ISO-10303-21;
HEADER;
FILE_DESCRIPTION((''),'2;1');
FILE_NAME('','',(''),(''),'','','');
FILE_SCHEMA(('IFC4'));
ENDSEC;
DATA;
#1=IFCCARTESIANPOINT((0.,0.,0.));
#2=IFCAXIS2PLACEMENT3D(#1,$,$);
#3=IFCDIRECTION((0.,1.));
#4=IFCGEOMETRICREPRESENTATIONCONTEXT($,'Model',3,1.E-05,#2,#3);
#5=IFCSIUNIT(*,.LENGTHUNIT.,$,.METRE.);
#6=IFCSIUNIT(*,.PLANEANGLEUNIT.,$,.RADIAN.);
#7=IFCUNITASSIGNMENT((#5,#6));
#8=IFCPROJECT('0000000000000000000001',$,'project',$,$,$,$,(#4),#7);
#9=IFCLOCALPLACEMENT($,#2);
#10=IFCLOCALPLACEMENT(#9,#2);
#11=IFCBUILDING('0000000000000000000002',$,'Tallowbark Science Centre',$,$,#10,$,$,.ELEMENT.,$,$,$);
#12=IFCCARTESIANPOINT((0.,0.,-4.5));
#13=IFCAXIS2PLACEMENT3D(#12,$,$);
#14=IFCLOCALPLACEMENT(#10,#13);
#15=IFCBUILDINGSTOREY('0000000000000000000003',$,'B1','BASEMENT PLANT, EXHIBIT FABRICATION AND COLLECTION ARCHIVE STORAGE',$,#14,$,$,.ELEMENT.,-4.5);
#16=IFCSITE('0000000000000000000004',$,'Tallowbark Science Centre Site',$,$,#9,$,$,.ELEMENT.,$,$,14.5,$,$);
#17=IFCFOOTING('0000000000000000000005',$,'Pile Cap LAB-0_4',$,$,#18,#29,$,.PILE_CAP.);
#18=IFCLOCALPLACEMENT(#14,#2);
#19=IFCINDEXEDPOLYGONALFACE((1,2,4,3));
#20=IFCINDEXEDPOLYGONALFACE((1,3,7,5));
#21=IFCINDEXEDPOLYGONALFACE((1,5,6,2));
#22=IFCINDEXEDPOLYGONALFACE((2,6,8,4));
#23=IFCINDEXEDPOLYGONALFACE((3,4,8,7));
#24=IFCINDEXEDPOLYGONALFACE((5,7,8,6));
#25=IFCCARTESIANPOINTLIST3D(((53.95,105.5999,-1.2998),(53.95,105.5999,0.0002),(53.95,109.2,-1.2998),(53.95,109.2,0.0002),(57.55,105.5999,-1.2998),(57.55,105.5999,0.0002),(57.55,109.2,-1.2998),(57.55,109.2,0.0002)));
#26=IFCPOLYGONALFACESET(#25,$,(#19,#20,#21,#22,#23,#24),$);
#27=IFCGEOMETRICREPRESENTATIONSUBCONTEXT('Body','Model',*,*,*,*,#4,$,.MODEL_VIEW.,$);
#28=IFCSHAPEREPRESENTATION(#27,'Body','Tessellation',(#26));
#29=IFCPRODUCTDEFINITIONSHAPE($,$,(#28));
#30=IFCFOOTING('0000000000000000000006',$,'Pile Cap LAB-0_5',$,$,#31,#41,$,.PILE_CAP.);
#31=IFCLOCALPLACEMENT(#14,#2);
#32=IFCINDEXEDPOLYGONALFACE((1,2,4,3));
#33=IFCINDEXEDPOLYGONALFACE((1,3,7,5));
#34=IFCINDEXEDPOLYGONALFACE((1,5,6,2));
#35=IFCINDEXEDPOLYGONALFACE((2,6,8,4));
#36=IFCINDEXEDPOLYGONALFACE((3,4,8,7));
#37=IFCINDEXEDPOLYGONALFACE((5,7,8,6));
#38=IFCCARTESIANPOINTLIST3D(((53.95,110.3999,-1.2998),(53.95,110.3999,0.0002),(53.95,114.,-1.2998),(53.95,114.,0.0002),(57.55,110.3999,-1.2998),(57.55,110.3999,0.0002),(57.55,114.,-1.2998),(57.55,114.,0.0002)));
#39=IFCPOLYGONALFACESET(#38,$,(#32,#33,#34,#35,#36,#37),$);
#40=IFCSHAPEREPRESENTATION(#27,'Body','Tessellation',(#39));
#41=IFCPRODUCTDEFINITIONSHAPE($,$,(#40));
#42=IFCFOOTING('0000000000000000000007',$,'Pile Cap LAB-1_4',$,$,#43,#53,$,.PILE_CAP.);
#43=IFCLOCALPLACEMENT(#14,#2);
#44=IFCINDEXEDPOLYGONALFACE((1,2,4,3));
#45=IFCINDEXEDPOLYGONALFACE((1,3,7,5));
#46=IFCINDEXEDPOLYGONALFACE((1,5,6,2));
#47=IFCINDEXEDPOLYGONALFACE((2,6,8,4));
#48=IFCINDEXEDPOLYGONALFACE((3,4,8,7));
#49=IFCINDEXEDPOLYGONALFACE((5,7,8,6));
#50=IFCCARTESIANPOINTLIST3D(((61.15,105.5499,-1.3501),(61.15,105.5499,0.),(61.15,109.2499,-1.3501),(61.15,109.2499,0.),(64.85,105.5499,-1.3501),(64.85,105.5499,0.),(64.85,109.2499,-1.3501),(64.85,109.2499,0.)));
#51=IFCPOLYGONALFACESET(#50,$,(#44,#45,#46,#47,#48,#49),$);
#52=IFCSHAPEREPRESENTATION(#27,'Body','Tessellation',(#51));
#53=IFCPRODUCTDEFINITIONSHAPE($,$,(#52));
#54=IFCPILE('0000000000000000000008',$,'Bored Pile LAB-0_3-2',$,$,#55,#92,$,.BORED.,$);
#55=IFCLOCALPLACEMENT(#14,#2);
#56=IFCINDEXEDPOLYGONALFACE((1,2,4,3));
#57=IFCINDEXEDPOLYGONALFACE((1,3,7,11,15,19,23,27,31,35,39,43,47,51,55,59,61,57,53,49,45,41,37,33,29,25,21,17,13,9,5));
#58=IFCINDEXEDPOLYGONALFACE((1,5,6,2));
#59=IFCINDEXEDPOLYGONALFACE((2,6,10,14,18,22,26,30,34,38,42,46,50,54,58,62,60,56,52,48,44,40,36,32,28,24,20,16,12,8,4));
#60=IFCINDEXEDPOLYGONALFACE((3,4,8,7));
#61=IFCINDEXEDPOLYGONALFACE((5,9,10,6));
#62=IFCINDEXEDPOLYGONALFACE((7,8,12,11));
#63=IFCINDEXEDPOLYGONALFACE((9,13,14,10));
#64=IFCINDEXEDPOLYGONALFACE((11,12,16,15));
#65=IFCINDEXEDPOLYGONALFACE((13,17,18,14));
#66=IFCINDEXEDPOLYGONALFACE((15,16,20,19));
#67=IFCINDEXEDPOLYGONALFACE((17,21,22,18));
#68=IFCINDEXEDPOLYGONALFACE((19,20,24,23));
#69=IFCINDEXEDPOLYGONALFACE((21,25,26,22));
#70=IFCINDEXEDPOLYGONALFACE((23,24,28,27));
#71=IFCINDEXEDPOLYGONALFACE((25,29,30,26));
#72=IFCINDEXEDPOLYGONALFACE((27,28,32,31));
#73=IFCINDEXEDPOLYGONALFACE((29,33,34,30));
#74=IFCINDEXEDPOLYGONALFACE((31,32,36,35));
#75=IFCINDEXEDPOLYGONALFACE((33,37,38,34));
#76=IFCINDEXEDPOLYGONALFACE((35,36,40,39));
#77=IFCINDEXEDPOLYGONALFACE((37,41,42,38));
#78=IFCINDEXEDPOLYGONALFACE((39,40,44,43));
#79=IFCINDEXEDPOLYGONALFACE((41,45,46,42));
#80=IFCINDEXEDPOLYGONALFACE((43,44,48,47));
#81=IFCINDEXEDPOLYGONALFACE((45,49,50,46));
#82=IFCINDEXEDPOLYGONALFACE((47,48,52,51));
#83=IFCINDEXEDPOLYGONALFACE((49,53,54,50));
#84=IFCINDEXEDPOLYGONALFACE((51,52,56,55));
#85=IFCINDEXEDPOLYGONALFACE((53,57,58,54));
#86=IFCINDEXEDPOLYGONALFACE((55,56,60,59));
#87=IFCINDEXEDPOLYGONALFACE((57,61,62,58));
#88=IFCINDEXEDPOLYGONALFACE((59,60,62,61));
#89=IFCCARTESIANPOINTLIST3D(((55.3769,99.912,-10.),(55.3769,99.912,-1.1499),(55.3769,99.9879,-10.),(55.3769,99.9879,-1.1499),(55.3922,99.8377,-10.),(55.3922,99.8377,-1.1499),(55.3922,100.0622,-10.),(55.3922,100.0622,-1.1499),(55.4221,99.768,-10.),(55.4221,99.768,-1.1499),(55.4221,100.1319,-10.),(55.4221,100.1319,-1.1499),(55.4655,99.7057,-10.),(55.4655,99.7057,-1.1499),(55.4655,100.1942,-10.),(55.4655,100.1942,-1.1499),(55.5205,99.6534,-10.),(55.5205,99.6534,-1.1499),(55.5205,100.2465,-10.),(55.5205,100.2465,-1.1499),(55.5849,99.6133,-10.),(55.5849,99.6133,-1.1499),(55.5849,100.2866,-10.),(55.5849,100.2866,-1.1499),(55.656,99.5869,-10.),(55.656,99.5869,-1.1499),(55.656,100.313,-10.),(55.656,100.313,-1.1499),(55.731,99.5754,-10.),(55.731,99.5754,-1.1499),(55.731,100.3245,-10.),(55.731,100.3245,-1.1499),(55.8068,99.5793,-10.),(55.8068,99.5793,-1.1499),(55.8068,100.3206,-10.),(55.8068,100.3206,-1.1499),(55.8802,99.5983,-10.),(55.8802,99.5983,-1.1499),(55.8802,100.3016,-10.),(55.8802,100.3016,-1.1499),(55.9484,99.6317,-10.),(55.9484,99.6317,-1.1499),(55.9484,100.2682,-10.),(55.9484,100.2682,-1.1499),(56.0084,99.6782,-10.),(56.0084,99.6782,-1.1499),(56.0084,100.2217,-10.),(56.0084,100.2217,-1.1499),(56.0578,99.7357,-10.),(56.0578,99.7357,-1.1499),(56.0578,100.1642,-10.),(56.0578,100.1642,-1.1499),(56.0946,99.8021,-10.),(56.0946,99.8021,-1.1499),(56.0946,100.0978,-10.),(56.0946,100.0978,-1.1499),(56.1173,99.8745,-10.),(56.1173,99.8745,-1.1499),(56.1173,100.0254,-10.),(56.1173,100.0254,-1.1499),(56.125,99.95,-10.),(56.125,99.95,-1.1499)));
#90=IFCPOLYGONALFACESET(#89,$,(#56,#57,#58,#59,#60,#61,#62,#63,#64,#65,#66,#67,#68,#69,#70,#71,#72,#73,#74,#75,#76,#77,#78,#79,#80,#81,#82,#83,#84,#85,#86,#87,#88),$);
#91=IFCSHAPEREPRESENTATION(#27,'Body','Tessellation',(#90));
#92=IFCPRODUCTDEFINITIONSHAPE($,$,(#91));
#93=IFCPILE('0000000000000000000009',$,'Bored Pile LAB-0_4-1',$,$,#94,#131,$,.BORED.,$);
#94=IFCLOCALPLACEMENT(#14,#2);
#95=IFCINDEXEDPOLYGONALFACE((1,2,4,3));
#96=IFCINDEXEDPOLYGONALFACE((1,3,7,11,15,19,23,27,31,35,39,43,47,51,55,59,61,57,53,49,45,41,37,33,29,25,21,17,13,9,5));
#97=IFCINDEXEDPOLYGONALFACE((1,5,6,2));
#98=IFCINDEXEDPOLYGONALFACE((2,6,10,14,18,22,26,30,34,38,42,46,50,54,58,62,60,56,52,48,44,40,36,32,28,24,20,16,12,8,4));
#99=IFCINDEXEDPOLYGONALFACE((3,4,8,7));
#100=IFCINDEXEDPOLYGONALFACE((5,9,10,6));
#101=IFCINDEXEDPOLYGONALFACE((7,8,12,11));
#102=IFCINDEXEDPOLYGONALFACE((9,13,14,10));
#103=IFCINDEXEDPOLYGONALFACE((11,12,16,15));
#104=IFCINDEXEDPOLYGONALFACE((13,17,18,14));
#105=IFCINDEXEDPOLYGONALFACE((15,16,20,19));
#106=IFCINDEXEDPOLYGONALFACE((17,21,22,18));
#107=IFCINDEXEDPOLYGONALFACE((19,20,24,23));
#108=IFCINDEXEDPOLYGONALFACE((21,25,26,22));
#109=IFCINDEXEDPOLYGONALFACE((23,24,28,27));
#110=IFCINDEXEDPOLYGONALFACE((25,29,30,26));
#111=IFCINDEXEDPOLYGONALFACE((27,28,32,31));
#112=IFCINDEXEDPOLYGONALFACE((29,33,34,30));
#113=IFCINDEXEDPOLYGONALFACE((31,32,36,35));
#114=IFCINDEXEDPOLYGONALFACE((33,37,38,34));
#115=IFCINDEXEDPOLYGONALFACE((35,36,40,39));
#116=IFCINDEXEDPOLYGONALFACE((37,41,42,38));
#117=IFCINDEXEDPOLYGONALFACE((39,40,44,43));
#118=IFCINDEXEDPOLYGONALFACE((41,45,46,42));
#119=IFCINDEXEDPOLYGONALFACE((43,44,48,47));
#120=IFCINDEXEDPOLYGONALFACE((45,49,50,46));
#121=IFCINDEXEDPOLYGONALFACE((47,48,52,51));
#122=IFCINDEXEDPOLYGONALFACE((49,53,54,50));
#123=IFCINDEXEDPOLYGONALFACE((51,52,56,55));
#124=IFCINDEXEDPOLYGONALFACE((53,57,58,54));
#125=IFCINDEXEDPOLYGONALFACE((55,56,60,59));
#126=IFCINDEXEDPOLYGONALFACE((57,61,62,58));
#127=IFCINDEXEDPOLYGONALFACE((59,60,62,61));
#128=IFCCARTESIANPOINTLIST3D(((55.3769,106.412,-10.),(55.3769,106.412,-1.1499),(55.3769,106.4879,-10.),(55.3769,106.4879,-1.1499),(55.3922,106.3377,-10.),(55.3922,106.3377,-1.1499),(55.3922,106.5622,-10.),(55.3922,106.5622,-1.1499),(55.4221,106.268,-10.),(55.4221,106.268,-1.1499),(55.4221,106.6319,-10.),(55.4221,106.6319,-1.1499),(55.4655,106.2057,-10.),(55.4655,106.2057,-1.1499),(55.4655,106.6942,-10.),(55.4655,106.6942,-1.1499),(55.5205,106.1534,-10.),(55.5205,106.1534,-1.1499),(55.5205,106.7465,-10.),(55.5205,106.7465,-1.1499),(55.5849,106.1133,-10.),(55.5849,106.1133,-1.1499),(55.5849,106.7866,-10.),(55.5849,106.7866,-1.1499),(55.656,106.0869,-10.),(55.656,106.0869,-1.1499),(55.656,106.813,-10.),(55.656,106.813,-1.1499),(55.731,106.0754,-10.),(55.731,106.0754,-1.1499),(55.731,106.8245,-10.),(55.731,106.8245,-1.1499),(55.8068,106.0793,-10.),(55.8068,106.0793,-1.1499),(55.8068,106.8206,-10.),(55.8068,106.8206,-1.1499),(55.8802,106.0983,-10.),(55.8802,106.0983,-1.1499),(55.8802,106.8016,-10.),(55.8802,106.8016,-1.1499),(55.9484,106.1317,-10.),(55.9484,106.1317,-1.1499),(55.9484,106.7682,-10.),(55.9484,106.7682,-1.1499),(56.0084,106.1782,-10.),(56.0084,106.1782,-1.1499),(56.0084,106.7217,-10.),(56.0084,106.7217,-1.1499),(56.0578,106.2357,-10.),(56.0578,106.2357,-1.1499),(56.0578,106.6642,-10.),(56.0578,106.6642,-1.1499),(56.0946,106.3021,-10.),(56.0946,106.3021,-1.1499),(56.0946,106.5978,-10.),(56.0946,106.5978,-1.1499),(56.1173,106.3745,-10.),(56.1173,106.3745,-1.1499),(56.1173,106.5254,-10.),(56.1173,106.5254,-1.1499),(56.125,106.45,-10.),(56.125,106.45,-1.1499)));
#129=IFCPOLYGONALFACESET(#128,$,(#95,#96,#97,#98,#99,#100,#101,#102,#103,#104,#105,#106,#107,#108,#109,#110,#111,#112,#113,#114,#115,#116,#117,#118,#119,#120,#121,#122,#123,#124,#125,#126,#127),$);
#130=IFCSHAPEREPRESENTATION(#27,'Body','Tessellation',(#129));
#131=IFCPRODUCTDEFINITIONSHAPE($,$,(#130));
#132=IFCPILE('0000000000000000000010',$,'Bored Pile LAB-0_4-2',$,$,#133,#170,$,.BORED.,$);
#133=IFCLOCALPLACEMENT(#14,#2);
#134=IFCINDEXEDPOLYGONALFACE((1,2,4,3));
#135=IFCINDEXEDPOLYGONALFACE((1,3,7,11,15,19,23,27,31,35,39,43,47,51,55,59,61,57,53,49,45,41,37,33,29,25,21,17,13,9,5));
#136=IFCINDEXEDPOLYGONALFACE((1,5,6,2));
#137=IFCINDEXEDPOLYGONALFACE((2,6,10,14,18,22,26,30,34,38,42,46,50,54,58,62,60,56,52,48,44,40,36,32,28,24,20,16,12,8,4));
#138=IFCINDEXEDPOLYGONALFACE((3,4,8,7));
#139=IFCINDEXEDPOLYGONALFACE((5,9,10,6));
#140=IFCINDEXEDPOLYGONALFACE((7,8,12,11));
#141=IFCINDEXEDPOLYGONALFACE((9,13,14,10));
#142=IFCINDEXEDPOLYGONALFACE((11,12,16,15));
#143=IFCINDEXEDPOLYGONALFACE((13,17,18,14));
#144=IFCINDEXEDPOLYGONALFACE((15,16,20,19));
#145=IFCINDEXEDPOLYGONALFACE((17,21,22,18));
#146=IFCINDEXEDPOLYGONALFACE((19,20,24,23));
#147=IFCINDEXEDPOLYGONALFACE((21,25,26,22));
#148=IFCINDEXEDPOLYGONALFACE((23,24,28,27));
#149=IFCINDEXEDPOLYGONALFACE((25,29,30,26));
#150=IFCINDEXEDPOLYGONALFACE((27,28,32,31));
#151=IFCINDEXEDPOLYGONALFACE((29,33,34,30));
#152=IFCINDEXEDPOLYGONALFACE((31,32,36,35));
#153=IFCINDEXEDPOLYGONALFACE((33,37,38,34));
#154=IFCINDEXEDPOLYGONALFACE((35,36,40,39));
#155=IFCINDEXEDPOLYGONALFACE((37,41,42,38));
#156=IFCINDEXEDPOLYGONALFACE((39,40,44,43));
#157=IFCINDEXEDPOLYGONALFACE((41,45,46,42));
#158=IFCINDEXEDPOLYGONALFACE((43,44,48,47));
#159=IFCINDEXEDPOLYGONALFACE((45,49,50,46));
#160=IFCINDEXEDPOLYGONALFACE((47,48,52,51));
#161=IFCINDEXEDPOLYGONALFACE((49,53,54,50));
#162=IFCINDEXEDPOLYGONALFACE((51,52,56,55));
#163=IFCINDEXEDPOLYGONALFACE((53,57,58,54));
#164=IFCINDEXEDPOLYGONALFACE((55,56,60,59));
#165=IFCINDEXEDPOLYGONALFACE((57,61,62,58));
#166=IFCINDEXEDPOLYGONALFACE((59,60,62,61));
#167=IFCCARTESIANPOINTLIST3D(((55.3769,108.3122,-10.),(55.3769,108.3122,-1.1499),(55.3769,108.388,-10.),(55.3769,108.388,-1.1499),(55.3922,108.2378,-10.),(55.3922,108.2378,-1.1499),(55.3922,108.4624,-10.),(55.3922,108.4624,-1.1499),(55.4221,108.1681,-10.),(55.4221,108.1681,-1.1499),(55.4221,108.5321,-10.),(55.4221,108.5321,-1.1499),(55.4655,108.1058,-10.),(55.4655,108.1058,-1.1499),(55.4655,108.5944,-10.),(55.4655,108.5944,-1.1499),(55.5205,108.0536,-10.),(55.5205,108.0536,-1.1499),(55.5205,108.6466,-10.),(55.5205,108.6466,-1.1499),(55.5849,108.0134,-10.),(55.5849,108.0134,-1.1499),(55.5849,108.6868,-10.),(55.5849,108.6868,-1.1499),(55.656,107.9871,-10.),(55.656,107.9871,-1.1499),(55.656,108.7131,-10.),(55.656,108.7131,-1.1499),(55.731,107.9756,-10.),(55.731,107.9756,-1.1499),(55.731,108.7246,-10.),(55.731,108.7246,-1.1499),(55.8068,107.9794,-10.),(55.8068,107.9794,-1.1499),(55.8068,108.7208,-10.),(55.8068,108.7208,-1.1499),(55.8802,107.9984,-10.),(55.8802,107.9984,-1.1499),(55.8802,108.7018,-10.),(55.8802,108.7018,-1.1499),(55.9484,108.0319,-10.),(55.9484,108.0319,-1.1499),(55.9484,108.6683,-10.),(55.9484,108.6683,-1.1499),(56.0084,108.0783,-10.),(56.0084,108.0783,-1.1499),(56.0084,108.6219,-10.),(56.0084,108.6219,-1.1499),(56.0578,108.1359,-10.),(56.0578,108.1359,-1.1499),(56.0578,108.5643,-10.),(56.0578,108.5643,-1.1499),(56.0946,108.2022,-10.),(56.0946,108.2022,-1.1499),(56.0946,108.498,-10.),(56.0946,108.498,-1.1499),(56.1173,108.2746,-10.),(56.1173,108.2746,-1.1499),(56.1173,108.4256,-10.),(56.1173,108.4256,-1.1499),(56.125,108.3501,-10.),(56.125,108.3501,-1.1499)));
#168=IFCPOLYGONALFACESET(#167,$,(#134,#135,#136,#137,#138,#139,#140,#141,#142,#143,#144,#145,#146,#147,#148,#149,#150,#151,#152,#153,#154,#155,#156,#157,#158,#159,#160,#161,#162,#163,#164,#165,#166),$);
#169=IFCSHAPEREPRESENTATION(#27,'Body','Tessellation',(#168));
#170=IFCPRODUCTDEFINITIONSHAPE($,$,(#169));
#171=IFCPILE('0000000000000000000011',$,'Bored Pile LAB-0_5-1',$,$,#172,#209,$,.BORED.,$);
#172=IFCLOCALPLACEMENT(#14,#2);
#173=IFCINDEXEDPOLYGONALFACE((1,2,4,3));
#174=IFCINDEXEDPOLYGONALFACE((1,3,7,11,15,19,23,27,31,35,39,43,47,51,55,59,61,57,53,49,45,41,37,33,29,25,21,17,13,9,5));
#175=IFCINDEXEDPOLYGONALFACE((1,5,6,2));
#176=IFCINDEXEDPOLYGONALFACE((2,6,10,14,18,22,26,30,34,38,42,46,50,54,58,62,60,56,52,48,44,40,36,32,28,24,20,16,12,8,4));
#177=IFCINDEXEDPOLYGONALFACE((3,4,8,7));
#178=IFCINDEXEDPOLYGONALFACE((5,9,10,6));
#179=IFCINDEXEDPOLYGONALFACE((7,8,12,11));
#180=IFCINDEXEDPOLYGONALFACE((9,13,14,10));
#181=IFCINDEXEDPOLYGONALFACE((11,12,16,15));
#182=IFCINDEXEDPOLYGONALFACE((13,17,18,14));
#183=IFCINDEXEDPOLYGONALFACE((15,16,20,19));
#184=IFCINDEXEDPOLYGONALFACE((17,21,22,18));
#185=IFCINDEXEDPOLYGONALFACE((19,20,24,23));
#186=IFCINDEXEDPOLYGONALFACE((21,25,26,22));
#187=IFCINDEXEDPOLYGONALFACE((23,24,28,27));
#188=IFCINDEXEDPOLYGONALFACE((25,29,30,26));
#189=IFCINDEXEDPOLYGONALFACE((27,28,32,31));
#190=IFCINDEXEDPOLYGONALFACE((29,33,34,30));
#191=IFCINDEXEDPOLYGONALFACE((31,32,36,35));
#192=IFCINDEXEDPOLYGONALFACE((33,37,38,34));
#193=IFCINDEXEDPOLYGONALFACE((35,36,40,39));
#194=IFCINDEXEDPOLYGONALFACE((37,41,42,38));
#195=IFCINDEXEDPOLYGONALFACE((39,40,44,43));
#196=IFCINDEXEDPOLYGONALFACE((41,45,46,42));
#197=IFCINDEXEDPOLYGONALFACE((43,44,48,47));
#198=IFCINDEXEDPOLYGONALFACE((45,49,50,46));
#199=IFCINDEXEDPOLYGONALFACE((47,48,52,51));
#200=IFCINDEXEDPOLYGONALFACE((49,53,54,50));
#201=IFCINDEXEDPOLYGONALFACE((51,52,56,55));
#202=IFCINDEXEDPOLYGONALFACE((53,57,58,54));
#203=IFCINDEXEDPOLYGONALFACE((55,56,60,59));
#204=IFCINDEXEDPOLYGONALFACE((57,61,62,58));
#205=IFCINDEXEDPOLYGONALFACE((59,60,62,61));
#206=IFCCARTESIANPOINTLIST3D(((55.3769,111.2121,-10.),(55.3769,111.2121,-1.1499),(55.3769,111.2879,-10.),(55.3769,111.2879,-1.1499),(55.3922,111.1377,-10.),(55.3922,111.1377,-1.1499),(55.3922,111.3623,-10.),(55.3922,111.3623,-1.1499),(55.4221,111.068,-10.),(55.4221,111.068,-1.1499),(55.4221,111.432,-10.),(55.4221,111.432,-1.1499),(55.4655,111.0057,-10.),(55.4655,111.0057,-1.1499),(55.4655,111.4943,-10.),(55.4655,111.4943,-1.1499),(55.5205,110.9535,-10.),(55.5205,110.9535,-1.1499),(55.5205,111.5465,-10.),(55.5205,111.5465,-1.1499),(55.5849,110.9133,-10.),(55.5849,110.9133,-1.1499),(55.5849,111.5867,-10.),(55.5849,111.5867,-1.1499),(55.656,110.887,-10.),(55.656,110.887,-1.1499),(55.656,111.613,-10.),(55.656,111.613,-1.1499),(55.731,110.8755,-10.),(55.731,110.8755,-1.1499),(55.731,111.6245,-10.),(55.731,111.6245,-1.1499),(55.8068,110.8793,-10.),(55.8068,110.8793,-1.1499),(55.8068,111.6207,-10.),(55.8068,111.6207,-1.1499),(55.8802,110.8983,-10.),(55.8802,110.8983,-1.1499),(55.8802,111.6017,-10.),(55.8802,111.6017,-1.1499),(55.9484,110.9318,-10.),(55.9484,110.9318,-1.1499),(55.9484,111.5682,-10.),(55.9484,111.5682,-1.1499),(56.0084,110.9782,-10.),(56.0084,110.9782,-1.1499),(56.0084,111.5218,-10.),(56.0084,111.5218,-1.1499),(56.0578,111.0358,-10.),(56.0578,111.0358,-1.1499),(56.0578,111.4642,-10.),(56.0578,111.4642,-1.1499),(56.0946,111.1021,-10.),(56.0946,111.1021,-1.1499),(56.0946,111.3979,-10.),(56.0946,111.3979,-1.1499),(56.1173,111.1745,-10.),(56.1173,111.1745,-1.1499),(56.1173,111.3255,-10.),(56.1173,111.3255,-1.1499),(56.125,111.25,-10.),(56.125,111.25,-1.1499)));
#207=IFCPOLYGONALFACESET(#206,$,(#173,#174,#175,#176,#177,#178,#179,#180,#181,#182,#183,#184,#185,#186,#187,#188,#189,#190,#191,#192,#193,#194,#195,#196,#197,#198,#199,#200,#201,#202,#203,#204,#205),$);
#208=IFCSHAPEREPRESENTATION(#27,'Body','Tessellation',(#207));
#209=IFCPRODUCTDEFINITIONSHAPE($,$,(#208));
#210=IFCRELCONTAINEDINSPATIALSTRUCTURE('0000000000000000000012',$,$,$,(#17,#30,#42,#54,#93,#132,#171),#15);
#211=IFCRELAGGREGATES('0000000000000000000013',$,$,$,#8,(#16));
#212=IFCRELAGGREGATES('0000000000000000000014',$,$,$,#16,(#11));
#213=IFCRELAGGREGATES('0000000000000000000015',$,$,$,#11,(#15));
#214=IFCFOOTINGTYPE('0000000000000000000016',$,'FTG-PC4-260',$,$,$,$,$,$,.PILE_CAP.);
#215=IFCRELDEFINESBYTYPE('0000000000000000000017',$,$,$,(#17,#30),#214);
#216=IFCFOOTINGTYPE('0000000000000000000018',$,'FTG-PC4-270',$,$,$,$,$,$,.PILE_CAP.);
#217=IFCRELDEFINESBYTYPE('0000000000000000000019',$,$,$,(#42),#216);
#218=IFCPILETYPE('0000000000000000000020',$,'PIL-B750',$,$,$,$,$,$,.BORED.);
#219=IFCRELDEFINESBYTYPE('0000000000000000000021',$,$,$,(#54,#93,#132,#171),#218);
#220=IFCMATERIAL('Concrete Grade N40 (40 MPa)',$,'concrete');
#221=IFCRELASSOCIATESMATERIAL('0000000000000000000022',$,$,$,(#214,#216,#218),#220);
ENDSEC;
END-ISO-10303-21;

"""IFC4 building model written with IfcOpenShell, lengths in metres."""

from ifc_helpers import new_model, si_unit, direction, frame, origin, origin_2d, place, context, subcontext, project, spatial, rectangle, circle, extrude, material, material_profile, profile_set, type_object, element, save


model = new_model("IFC4")

# Units and contexts
model_context = context("Model", 3, precision=1e-05, world=origin(), true_north=direction((0.0, 1.0)))
body_context = subcontext(model_context, "Body", "Model", "MODEL_VIEW")
ifc_project = project(units=[si_unit("LENGTHUNIT", "METRE"), si_unit("PLANEANGLEUNIT", "RADIAN")], contexts=[model_context])

# Site, building, storey
site_placement = place(None, origin())
site = spatial("IfcSite", under=ifc_project, at=site_placement, Name="Tallowbark Science Centre Site", CompositionType="ELEMENT", RefElevation=14.5)
building_placement = place(site_placement, origin())
building = spatial("IfcBuilding", under=site, at=building_placement, Name="Tallowbark Science Centre", CompositionType="ELEMENT")
storey_placement = place(building_placement, frame((0.0, 0.0, -4.5)))
storey = spatial("IfcBuildingStorey", under=building, at=storey_placement, Name="B1", Description="BASEMENT PLANT, EXHIBIT FABRICATION AND COLLECTION ARCHIVE STORAGE", CompositionType="ELEMENT", Elevation=-4.5)

# Footings
ifc_material_1 = material(Name="Concrete Grade N40 (40 MPa)", Category="concrete")
footing_type_1 = type_object("IfcFootingType", Name="FTG-PC4-260", PredefinedType="PILE_CAP", material=ifc_material_1)
for number, where, z_axis, x_axis, name in (
    (1, (55.75, 107.3999, -1.2998), (0.0, 0.0, 1.0), (1.0, 0.0, 0.0), "Pile Cap LAB-0_4"),
    (2, (55.75, 112.2, -1.2998), (0.0, 0.0, 1.0), (1.0, 0.0, 0.0), "Pile Cap LAB-0_5"),
):
    element("IfcFooting", number, at=place(storey_placement, frame(where, z_axis=z_axis, x_axis=x_axis)), inside=storey, type_object=footing_type_1, Name=name, PredefinedType="PILE_CAP", context=body_context, shape_type="SweptSolid", body=[
        extrude(rectangle(XDim=3.6001, YDim=3.6001, at=origin_2d()), origin(), (0.0, 0.0, 1.0), 1.3),
    ])
footing_type_2 = type_object("IfcFootingType", Name="FTG-PC4-270", PredefinedType="PILE_CAP", material=ifc_material_1)
footing_placement = place(storey_placement, frame((63.0, 107.3999, -1.3501), z_axis=(0.0, 0.0, 1.0), x_axis=(1.0, 0.0, 0.0)))
element("IfcFooting", 3, at=footing_placement, inside=storey, type_object=footing_type_2, Name="Pile Cap LAB-1_4", PredefinedType="PILE_CAP", context=body_context, shape_type="SweptSolid", body=[
    extrude(rectangle(XDim=3.7, YDim=3.7, at=origin_2d()), origin(), (0.0, 0.0, 1.0), 1.3501),
])

# Piles
ifc_material_profile_1 = material_profile(ifc_material_1, circle(Radius=0.375, at=origin_2d()), Name="PILE750")
ifc_profile_set_1 = profile_set([ifc_material_profile_1], Name="Concrete Grade N40 (40 MPa)")
pile_type_1 = type_object("IfcPileType", Name="PIL-B750", PredefinedType="BORED", material=ifc_profile_set_1)
for number, where, z_axis, x_axis, name in (
    (4, (55.75, 99.95, -1.1499), (0.0, 0.0, -1.0), (1.0, 0.0, 0.0), "Bored Pile LAB-0_3-2"),
    (5, (55.75, 106.45, -1.1499), (0.0, 0.0, -1.0), (1.0, 0.0, 0.0), "Bored Pile LAB-0_4-1"),
    (6, (55.75, 108.3501, -1.1499), (0.0, 0.0, -1.0), (1.0, 0.0, 0.0), "Bored Pile LAB-0_4-2"),
    (7, (55.75, 111.25, -1.1499), (0.0, 0.0, -1.0), (1.0, 0.0, 0.0), "Bored Pile LAB-0_5-1"),
):
    element("IfcPile", number, at=place(storey_placement, frame(where, z_axis=z_axis, x_axis=x_axis)), inside=storey, type_object=pile_type_1, Name=name, PredefinedType="BORED", context=body_context, shape_type="SweptSolid", body=[
        extrude(circle(Radius=0.375, at=origin_2d()), origin(), (0.0, 0.0, 1.0), 8.8501),
    ])

save(model, "model.ifc")
